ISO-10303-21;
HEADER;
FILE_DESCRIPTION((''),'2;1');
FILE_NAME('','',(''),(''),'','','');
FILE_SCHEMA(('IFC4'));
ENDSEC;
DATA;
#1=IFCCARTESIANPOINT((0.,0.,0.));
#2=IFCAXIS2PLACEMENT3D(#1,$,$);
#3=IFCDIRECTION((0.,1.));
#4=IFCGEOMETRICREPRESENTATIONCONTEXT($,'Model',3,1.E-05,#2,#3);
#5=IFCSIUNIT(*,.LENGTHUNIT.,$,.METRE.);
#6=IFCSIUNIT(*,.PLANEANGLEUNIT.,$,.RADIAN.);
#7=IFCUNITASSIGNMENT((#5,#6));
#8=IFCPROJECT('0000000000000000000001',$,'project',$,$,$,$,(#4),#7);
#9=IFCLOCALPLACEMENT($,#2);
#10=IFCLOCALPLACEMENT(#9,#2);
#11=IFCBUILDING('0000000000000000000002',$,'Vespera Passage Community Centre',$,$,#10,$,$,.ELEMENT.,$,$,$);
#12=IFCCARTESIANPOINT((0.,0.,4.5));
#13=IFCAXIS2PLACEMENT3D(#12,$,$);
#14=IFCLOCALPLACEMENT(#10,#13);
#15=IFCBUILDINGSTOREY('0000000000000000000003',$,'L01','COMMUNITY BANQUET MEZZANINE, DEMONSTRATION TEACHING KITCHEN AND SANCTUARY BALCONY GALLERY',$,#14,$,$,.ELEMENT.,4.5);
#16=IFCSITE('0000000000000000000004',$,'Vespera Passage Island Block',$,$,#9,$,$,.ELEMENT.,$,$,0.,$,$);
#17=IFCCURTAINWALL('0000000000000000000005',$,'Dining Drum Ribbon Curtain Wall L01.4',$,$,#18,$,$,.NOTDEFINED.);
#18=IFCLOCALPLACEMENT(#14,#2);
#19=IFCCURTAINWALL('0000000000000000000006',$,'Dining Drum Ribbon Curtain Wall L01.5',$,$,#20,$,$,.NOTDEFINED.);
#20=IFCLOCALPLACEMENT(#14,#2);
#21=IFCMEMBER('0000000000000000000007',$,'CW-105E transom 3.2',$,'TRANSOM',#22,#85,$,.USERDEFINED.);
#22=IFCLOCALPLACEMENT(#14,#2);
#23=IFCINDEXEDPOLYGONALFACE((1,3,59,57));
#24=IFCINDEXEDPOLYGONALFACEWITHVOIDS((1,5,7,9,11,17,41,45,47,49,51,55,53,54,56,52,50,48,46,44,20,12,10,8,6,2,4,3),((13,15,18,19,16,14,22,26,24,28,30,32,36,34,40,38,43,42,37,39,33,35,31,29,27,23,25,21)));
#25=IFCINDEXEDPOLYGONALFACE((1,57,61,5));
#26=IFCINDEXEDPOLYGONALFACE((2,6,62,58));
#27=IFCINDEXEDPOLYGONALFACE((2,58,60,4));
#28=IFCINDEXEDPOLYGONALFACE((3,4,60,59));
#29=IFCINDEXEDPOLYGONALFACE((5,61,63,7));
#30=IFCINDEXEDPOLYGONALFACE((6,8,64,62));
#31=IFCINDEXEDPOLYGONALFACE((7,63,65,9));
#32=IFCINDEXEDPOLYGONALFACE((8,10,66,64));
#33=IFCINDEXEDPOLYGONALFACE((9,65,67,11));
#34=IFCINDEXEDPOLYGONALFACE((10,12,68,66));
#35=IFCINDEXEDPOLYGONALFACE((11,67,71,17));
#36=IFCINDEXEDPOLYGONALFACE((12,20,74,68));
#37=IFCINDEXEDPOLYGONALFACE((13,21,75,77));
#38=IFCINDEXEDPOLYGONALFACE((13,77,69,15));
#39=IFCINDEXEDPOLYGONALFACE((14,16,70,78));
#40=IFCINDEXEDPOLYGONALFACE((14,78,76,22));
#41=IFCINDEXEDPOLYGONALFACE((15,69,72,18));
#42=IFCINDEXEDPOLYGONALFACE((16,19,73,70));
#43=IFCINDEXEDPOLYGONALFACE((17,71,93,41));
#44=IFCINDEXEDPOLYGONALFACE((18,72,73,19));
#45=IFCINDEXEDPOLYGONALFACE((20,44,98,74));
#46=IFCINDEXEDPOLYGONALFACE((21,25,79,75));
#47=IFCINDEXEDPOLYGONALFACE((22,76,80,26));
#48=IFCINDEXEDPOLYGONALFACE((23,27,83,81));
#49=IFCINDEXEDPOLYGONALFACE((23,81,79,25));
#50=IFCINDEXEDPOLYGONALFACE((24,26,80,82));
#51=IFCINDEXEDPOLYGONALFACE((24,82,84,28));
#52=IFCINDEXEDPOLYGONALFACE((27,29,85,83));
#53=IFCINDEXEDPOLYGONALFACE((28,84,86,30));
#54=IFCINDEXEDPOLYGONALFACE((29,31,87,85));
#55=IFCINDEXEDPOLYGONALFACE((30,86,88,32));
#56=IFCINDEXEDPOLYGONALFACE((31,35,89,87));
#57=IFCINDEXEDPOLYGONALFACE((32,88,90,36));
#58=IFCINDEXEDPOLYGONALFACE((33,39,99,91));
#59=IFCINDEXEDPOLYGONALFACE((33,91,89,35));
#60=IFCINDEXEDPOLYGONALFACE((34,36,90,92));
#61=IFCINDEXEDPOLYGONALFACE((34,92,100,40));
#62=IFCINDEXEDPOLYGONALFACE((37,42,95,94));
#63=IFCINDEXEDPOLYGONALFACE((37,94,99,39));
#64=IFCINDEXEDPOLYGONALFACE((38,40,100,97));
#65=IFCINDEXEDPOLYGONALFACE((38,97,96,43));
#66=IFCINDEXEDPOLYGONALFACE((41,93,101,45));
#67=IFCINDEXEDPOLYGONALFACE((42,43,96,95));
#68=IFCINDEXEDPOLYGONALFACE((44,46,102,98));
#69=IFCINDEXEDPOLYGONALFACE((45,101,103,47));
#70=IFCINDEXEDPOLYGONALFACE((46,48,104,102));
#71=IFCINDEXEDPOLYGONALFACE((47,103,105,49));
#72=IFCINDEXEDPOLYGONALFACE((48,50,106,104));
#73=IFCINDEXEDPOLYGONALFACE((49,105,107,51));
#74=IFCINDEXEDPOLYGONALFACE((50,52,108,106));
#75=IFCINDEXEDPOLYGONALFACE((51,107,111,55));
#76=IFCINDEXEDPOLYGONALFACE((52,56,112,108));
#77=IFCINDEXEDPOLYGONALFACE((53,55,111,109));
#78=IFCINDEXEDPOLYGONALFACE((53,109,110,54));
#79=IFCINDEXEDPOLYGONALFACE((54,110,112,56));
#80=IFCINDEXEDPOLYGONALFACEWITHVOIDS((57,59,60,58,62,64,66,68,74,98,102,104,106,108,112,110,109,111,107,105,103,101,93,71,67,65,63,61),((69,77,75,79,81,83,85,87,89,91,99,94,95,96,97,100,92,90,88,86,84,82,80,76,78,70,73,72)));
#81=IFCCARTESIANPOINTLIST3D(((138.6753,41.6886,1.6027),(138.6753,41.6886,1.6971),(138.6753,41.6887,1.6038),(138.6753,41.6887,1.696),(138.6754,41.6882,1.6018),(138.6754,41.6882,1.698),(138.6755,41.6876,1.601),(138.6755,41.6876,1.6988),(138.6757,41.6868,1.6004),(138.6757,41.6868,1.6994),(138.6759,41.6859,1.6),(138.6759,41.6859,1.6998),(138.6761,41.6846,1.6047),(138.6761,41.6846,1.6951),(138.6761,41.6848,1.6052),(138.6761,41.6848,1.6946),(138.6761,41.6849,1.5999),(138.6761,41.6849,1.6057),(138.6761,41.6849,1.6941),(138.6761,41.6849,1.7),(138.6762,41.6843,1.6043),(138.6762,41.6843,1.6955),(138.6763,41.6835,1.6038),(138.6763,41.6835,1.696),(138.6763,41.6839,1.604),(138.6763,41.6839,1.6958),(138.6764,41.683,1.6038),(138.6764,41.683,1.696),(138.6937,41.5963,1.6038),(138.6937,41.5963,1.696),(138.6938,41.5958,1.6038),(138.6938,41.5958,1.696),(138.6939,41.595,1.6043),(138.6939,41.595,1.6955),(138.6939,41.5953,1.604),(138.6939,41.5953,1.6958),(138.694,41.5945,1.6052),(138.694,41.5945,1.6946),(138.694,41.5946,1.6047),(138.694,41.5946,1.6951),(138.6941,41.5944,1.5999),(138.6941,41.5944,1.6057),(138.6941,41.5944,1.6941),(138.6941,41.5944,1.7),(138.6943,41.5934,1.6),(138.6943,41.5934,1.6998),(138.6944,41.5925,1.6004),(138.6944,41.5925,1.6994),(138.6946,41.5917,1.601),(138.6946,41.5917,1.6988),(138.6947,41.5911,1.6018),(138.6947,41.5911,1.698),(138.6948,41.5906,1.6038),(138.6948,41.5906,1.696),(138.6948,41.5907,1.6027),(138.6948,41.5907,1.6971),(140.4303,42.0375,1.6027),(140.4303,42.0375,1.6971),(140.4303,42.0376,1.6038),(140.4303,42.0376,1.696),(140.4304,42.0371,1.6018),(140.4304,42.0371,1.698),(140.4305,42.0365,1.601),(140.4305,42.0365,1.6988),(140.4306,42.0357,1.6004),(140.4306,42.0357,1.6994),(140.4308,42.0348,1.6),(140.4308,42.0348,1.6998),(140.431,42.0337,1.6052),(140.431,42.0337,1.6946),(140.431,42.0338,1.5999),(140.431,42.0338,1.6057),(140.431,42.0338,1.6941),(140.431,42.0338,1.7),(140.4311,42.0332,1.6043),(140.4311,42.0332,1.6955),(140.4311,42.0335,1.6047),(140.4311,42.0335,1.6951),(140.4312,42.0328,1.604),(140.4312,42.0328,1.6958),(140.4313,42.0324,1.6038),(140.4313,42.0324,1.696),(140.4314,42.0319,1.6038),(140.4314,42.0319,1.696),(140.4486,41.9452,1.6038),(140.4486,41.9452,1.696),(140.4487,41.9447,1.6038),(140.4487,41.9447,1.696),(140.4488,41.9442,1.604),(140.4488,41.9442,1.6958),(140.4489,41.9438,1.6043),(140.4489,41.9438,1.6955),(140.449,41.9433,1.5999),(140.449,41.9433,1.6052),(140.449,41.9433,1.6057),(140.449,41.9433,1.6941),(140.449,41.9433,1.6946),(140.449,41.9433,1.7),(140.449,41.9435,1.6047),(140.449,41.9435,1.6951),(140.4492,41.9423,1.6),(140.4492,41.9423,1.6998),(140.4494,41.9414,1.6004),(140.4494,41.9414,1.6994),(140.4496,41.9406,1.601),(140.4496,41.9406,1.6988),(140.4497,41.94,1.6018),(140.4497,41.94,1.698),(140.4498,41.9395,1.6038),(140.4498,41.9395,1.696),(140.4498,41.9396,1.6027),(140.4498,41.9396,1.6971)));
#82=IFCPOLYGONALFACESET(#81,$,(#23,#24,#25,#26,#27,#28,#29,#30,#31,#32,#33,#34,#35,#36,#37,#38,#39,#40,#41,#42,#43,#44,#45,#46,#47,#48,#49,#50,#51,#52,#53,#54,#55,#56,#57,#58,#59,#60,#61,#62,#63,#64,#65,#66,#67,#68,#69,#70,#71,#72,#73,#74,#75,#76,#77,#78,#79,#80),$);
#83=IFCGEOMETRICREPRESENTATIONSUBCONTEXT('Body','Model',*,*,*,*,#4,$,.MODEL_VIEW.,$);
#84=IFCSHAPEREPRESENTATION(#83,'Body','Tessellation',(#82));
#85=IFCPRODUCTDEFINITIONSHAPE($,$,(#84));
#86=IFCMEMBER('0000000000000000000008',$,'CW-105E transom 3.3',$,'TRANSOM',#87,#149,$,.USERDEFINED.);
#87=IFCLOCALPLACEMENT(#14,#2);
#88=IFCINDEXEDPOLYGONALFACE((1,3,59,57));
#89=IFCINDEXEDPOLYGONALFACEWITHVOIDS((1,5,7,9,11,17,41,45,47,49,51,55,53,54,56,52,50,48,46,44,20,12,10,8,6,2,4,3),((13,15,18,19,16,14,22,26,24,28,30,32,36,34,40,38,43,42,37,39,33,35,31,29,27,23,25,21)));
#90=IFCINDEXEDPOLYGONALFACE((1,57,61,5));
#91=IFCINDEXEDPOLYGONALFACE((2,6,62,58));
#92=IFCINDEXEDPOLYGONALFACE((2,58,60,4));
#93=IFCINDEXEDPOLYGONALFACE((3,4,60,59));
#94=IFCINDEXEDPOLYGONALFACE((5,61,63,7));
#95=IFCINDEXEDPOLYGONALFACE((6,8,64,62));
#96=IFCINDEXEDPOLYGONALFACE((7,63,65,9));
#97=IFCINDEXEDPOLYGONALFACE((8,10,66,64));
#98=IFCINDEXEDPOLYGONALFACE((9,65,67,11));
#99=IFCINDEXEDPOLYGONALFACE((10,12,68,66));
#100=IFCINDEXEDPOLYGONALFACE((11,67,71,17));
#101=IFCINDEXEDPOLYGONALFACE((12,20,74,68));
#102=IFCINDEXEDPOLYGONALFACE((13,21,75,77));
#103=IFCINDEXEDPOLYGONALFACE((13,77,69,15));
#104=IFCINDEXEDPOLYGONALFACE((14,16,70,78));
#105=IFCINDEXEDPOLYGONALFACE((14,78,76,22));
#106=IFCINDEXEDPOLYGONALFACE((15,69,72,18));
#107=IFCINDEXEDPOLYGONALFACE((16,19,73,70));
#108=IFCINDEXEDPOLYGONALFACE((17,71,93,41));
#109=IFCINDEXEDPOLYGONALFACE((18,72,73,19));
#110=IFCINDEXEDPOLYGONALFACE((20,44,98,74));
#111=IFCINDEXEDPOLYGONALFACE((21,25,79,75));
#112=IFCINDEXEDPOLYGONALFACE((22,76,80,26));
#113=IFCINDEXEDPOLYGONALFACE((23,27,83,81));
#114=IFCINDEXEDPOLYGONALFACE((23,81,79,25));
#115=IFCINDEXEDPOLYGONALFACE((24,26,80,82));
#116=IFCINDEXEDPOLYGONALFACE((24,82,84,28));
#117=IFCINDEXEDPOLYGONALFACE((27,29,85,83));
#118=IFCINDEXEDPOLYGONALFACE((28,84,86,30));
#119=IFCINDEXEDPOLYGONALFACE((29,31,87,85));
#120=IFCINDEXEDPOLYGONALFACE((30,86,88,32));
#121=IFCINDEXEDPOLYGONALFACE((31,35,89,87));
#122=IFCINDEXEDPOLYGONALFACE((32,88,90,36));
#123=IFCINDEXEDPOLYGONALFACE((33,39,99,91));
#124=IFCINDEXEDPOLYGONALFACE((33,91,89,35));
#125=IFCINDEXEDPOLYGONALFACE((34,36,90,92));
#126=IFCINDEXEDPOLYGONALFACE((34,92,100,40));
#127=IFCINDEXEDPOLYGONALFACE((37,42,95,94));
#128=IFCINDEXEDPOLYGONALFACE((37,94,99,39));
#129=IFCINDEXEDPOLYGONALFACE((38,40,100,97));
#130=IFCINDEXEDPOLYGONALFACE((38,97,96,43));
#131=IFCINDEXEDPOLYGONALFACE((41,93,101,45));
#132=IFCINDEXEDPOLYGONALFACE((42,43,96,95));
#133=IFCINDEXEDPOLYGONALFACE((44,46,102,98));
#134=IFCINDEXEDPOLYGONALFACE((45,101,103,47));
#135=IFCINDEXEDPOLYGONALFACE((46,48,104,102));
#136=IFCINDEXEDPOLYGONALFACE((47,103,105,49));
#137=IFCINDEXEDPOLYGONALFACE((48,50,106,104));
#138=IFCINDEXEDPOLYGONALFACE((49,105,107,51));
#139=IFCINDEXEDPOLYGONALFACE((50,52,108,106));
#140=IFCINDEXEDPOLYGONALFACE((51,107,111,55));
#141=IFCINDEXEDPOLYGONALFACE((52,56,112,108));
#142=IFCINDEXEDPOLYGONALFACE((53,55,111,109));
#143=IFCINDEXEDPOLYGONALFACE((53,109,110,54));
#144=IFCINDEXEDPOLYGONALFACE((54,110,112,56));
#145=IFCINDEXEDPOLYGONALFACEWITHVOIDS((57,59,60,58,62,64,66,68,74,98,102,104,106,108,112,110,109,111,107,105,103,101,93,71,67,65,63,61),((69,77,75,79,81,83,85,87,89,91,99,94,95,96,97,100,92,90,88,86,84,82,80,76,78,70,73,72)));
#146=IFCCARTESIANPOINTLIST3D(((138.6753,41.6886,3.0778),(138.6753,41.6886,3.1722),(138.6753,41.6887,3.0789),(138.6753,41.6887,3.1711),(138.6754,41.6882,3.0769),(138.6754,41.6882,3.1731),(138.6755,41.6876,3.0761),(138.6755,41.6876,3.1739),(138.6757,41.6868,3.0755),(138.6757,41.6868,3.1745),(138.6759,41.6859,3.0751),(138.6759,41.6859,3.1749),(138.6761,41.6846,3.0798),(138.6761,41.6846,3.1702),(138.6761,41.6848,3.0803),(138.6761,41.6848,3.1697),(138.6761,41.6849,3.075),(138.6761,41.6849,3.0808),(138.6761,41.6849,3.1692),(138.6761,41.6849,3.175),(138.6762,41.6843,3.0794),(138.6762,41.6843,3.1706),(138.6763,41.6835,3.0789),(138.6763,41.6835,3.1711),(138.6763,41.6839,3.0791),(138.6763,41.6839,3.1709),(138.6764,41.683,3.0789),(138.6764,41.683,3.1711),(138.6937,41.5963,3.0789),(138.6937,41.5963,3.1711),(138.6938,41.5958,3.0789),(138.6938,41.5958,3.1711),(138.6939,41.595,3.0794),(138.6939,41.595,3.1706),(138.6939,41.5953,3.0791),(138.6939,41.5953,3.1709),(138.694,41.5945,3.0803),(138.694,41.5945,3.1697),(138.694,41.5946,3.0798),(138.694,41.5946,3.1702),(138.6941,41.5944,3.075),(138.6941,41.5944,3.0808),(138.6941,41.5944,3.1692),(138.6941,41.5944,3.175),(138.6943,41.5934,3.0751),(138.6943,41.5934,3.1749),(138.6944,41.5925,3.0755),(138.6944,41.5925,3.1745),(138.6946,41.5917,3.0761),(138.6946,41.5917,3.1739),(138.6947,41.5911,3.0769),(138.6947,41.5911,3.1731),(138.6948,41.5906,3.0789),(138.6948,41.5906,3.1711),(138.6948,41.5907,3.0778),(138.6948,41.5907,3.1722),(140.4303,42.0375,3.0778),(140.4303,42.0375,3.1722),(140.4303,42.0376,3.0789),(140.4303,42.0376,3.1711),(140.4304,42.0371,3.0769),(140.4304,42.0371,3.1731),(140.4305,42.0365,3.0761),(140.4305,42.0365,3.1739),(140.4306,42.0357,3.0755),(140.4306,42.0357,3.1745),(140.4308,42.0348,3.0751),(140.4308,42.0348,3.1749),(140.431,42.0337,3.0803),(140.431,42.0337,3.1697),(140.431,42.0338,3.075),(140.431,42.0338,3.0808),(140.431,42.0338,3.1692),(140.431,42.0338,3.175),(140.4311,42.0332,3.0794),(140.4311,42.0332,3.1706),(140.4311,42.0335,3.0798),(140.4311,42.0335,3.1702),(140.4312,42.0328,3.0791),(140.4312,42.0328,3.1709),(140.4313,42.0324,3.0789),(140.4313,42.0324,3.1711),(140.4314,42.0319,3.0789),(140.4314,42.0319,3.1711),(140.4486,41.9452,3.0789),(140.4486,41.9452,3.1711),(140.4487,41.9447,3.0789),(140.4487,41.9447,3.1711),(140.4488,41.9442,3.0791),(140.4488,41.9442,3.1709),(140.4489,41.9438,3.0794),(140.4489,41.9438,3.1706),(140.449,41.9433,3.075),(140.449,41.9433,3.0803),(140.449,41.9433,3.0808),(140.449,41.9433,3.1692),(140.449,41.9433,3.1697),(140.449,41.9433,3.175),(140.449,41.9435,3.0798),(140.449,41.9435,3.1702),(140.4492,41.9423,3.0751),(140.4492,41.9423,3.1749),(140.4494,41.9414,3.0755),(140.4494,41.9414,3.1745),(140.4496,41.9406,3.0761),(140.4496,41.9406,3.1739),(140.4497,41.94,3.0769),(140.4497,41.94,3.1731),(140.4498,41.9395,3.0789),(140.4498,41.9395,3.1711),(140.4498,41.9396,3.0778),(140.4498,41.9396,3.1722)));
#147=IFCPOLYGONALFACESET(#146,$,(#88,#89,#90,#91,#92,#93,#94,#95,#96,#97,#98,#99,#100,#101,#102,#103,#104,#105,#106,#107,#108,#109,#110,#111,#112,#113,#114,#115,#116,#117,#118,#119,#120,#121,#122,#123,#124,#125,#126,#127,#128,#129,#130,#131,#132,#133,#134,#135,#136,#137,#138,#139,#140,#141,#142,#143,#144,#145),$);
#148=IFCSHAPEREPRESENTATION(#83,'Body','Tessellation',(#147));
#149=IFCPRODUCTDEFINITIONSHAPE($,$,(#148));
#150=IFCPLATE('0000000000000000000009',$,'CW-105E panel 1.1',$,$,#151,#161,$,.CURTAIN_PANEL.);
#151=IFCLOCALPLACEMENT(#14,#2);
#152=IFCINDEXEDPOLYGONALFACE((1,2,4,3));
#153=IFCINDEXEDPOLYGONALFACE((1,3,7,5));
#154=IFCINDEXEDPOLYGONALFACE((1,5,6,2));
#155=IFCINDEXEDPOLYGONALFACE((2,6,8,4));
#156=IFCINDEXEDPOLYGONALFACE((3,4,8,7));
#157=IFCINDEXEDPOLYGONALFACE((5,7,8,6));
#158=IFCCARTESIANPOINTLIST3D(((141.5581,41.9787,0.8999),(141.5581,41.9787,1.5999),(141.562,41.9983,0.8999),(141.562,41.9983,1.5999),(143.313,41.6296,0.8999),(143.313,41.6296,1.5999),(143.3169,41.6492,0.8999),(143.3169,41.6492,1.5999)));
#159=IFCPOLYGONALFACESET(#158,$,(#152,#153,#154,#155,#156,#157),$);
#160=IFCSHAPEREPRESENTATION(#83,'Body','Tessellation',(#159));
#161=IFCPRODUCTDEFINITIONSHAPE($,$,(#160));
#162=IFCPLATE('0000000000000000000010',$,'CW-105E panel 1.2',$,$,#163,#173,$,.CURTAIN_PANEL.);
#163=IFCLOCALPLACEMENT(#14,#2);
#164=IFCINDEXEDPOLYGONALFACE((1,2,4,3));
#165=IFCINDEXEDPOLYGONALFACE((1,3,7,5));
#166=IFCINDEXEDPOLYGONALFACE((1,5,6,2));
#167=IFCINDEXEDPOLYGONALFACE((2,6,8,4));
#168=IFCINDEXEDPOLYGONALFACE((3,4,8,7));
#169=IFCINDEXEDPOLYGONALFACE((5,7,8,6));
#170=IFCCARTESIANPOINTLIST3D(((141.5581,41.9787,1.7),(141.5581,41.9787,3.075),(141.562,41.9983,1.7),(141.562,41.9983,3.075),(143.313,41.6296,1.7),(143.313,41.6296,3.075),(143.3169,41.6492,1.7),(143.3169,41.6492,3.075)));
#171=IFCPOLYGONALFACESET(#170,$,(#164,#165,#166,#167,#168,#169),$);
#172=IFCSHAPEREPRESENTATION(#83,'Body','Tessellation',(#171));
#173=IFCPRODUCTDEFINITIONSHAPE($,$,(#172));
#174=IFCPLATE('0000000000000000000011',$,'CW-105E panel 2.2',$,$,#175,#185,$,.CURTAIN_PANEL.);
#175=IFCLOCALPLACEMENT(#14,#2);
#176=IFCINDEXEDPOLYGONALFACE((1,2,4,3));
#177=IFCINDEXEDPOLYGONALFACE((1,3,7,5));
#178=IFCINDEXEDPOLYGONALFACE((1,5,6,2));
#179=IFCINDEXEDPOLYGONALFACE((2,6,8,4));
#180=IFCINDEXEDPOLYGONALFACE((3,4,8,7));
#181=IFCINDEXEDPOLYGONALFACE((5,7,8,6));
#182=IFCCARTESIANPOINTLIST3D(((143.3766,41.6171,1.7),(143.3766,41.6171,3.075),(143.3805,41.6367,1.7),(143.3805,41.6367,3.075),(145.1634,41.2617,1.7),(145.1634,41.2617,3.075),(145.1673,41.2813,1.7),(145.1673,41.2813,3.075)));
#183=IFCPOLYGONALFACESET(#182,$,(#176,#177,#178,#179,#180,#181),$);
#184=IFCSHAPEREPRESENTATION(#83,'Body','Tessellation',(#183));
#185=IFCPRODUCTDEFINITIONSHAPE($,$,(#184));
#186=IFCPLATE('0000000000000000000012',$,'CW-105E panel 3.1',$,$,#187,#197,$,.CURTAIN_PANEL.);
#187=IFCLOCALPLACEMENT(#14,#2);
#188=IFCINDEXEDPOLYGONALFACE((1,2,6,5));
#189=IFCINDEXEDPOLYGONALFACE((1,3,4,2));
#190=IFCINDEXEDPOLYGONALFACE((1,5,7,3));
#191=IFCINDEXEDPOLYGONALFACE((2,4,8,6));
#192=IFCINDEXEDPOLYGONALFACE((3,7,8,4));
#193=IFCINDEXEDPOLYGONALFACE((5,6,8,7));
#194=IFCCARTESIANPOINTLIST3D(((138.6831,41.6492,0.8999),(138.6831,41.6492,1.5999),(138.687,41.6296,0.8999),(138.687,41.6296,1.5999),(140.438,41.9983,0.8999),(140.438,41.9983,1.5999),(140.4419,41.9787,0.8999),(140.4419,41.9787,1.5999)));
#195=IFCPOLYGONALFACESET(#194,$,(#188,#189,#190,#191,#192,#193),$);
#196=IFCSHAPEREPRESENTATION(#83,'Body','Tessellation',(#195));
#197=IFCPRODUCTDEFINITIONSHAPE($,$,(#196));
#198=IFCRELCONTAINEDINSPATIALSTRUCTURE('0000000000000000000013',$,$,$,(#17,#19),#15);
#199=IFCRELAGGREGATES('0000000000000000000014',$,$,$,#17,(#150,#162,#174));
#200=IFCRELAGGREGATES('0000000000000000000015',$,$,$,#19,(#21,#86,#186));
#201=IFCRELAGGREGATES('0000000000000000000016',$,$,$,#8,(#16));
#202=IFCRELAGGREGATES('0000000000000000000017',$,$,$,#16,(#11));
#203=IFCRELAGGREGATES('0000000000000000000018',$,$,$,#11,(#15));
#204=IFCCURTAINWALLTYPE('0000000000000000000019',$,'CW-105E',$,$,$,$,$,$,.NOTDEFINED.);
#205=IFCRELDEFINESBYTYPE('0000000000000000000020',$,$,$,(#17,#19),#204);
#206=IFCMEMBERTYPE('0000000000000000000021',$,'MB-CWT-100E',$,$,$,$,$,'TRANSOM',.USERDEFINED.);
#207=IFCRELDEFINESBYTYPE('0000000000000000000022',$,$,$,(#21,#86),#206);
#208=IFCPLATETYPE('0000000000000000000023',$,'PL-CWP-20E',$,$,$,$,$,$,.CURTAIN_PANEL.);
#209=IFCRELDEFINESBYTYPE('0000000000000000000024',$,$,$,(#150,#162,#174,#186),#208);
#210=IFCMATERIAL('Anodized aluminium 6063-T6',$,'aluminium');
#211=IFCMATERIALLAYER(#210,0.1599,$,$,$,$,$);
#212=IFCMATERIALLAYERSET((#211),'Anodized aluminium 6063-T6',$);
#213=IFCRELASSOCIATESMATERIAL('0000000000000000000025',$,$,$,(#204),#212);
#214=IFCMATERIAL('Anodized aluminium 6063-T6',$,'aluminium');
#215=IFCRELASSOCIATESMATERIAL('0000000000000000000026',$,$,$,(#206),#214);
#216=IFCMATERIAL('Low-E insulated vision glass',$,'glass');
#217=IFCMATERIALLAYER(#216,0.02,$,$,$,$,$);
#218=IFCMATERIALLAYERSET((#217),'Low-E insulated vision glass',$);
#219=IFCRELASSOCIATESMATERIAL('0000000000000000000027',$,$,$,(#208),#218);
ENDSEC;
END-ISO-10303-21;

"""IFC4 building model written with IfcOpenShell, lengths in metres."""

from ifc_helpers import new_model, si_unit, direction, frame, origin, origin_2d, place, context, subcontext, project, spatial, rectangle, hollow_rectangle, extrude, material, layer, layer_set, material_profile, profile_set, type_object, element, aggregate, save


model = new_model("IFC4")

# Units and contexts
model_context = context("Model", 3, precision=1e-05, world=origin(), true_north=direction((0.0, 1.0)))
body_context = subcontext(model_context, "Body", "Model", "MODEL_VIEW")
ifc_project = project(units=[si_unit("LENGTHUNIT", "METRE"), si_unit("PLANEANGLEUNIT", "RADIAN")], contexts=[model_context])

# Site, building, storey
site_placement = place(None, origin())
site = spatial("IfcSite", under=ifc_project, at=site_placement, Name="Vespera Passage Island Block", CompositionType="ELEMENT", RefElevation=0.0)
building_placement = place(site_placement, origin())
building = spatial("IfcBuilding", under=site, at=building_placement, Name="Vespera Passage Community Centre", CompositionType="ELEMENT")
storey_placement = place(building_placement, frame((0.0, 0.0, 4.5)))
storey = spatial("IfcBuildingStorey", under=building, at=storey_placement, Name="L01", Description="COMMUNITY BANQUET MEZZANINE, DEMONSTRATION TEACHING KITCHEN AND SANCTUARY BALCONY GALLERY", CompositionType="ELEMENT", Elevation=4.5)

# Curtain walls
ifc_material_1 = material(Name="Anodized aluminium 6063-T6", Category="aluminium")
ifc_layer_1 = layer(ifc_material_1, 0.1599)
ifc_layer_set_1 = layer_set([ifc_layer_1], Name="Anodized aluminium 6063-T6")
curtain_wall_type = type_object("IfcCurtainWallType", Name="CW-105E", PredefinedType="NOTDEFINED", material=ifc_layer_set_1)
curtain_wall_1_placement = place(storey_placement, origin())
curtain_wall_1 = element("IfcCurtainWall", 1, at=curtain_wall_1_placement, inside=storey, type_object=curtain_wall_type, Name="Dining Drum Ribbon Curtain Wall L01.4", PredefinedType="NOTDEFINED")
curtain_wall_2_placement = place(storey_placement, origin())
curtain_wall_2 = element("IfcCurtainWall", 2, at=curtain_wall_2_placement, inside=storey, type_object=curtain_wall_type, Name="Dining Drum Ribbon Curtain Wall L01.5", PredefinedType="NOTDEFINED")

# Members
ifc_material_2 = material(Name="Anodized aluminium 6063-T6", Category="aluminium")
ifc_material_profile_1 = material_profile(ifc_material_2, hollow_rectangle(XDim=0.1001, YDim=0.1001, WallThickness=0.0039, InnerFilletRadius=0.002, OuterFilletRadius=0.0039, at=origin_2d()), Name="ALU100X100X4")
ifc_profile_set_1 = profile_set([ifc_material_profile_1], Name="Anodized aluminium 6063-T6")
member_type_1 = type_object("IfcMemberType", Name="MB-CWT-100E", ElementType="TRANSOM", PredefinedType="USERDEFINED", material=ifc_profile_set_1)
member_1_placement = place(storey_placement, frame((138.6851, 41.6396, 1.6499), z_axis=(0.980806, 0.194988, 0.0), x_axis=(-0.194988, 0.980806, 0.0)))
member_1 = element("IfcMember", 3, at=member_1_placement, type_object=member_type_1, Name="CW-105E transom 3.2", ObjectType="TRANSOM", PredefinedType="USERDEFINED", context=body_context, shape_type="SweptSolid", body=[
    extrude(hollow_rectangle(XDim=0.1001, YDim=0.1001, WallThickness=0.0039, InnerFilletRadius=0.002, OuterFilletRadius=0.0039, at=origin_2d()), origin(), (0.0, 0.0, 1.0), 1.7893),
])
member_2_placement = place(storey_placement, frame((138.6851, 41.6396, 3.125), z_axis=(0.980806, 0.194988, 0.0), x_axis=(-0.194988, 0.980806, 0.0)))
member_2 = element("IfcMember", 4, at=member_2_placement, type_object=member_type_1, Name="CW-105E transom 3.3", ObjectType="TRANSOM", PredefinedType="USERDEFINED", context=body_context, shape_type="SweptSolid", body=[
    extrude(hollow_rectangle(XDim=0.1001, YDim=0.1001, WallThickness=0.0039, InnerFilletRadius=0.002, OuterFilletRadius=0.0039, at=origin_2d()), origin(), (0.0, 0.0, 1.0), 1.7893),
])

# Plates
ifc_material_3 = material(Name="Low-E insulated vision glass", Category="glass")
ifc_layer_2 = layer(ifc_material_3, 0.02)
ifc_layer_set_2 = layer_set([ifc_layer_2], Name="Low-E insulated vision glass")
plate_type = type_object("IfcPlateType", Name="PL-CWP-20E", PredefinedType="CURTAIN_PANEL", material=ifc_layer_set_2)
plate_1_placement = place(storey_placement, frame((142.4375, 41.814, 0.8999), z_axis=(0.0, 0.0, 1.0), x_axis=(0.980784, -0.195097, 0.0)))
plate_1 = element("IfcPlate", 5, at=plate_1_placement, type_object=plate_type, Name="CW-105E panel 1.1", PredefinedType="CURTAIN_PANEL", context=body_context, shape_type="SweptSolid", body=[
    extrude(rectangle(XDim=1.7893, YDim=0.02, at=origin_2d()), origin(), (0.0, 0.0, 1.0), 0.7),
])
plate_2_placement = place(storey_placement, frame((142.4375, 41.814, 1.7), z_axis=(0.0, 0.0, 1.0), x_axis=(0.980784, -0.195097, 0.0)))
plate_2 = element("IfcPlate", 6, at=plate_2_placement, type_object=plate_type, Name="CW-105E panel 1.2", PredefinedType="CURTAIN_PANEL", context=body_context, shape_type="SweptSolid", body=[
    extrude(rectangle(XDim=1.7893, YDim=0.02, at=origin_2d()), origin(), (0.0, 0.0, 1.0), 1.375),
])
plate_3_placement = place(storey_placement, frame((144.272, 41.4492, 1.7), z_axis=(0.0, 0.0, 1.0), x_axis=(0.980784, -0.195097, 0.0)))
plate_3 = element("IfcPlate", 7, at=plate_3_placement, type_object=plate_type, Name="CW-105E panel 2.2", PredefinedType="CURTAIN_PANEL", context=body_context, shape_type="SweptSolid", body=[
    extrude(rectangle(XDim=1.8218, YDim=0.02, at=origin_2d()), origin(), (0.0, 0.0, 1.0), 1.375),
])
aggregate(curtain_wall_1, [plate_1, plate_2, plate_3])
plate_4_placement = place(storey_placement, frame((139.5625, 41.814, 0.8999), z_axis=(0.0, 0.0, 1.0), x_axis=(0.980784, 0.195097, 0.0)))
plate_4 = element("IfcPlate", 8, at=plate_4_placement, type_object=plate_type, Name="CW-105E panel 3.1", PredefinedType="CURTAIN_PANEL", context=body_context, shape_type="SweptSolid", body=[
    extrude(rectangle(XDim=1.7893, YDim=0.02, at=origin_2d()), origin(), (0.0, 0.0, 1.0), 0.7),
])
aggregate(curtain_wall_2, [member_1, member_2, plate_4])

save(model, "model.ifc")
